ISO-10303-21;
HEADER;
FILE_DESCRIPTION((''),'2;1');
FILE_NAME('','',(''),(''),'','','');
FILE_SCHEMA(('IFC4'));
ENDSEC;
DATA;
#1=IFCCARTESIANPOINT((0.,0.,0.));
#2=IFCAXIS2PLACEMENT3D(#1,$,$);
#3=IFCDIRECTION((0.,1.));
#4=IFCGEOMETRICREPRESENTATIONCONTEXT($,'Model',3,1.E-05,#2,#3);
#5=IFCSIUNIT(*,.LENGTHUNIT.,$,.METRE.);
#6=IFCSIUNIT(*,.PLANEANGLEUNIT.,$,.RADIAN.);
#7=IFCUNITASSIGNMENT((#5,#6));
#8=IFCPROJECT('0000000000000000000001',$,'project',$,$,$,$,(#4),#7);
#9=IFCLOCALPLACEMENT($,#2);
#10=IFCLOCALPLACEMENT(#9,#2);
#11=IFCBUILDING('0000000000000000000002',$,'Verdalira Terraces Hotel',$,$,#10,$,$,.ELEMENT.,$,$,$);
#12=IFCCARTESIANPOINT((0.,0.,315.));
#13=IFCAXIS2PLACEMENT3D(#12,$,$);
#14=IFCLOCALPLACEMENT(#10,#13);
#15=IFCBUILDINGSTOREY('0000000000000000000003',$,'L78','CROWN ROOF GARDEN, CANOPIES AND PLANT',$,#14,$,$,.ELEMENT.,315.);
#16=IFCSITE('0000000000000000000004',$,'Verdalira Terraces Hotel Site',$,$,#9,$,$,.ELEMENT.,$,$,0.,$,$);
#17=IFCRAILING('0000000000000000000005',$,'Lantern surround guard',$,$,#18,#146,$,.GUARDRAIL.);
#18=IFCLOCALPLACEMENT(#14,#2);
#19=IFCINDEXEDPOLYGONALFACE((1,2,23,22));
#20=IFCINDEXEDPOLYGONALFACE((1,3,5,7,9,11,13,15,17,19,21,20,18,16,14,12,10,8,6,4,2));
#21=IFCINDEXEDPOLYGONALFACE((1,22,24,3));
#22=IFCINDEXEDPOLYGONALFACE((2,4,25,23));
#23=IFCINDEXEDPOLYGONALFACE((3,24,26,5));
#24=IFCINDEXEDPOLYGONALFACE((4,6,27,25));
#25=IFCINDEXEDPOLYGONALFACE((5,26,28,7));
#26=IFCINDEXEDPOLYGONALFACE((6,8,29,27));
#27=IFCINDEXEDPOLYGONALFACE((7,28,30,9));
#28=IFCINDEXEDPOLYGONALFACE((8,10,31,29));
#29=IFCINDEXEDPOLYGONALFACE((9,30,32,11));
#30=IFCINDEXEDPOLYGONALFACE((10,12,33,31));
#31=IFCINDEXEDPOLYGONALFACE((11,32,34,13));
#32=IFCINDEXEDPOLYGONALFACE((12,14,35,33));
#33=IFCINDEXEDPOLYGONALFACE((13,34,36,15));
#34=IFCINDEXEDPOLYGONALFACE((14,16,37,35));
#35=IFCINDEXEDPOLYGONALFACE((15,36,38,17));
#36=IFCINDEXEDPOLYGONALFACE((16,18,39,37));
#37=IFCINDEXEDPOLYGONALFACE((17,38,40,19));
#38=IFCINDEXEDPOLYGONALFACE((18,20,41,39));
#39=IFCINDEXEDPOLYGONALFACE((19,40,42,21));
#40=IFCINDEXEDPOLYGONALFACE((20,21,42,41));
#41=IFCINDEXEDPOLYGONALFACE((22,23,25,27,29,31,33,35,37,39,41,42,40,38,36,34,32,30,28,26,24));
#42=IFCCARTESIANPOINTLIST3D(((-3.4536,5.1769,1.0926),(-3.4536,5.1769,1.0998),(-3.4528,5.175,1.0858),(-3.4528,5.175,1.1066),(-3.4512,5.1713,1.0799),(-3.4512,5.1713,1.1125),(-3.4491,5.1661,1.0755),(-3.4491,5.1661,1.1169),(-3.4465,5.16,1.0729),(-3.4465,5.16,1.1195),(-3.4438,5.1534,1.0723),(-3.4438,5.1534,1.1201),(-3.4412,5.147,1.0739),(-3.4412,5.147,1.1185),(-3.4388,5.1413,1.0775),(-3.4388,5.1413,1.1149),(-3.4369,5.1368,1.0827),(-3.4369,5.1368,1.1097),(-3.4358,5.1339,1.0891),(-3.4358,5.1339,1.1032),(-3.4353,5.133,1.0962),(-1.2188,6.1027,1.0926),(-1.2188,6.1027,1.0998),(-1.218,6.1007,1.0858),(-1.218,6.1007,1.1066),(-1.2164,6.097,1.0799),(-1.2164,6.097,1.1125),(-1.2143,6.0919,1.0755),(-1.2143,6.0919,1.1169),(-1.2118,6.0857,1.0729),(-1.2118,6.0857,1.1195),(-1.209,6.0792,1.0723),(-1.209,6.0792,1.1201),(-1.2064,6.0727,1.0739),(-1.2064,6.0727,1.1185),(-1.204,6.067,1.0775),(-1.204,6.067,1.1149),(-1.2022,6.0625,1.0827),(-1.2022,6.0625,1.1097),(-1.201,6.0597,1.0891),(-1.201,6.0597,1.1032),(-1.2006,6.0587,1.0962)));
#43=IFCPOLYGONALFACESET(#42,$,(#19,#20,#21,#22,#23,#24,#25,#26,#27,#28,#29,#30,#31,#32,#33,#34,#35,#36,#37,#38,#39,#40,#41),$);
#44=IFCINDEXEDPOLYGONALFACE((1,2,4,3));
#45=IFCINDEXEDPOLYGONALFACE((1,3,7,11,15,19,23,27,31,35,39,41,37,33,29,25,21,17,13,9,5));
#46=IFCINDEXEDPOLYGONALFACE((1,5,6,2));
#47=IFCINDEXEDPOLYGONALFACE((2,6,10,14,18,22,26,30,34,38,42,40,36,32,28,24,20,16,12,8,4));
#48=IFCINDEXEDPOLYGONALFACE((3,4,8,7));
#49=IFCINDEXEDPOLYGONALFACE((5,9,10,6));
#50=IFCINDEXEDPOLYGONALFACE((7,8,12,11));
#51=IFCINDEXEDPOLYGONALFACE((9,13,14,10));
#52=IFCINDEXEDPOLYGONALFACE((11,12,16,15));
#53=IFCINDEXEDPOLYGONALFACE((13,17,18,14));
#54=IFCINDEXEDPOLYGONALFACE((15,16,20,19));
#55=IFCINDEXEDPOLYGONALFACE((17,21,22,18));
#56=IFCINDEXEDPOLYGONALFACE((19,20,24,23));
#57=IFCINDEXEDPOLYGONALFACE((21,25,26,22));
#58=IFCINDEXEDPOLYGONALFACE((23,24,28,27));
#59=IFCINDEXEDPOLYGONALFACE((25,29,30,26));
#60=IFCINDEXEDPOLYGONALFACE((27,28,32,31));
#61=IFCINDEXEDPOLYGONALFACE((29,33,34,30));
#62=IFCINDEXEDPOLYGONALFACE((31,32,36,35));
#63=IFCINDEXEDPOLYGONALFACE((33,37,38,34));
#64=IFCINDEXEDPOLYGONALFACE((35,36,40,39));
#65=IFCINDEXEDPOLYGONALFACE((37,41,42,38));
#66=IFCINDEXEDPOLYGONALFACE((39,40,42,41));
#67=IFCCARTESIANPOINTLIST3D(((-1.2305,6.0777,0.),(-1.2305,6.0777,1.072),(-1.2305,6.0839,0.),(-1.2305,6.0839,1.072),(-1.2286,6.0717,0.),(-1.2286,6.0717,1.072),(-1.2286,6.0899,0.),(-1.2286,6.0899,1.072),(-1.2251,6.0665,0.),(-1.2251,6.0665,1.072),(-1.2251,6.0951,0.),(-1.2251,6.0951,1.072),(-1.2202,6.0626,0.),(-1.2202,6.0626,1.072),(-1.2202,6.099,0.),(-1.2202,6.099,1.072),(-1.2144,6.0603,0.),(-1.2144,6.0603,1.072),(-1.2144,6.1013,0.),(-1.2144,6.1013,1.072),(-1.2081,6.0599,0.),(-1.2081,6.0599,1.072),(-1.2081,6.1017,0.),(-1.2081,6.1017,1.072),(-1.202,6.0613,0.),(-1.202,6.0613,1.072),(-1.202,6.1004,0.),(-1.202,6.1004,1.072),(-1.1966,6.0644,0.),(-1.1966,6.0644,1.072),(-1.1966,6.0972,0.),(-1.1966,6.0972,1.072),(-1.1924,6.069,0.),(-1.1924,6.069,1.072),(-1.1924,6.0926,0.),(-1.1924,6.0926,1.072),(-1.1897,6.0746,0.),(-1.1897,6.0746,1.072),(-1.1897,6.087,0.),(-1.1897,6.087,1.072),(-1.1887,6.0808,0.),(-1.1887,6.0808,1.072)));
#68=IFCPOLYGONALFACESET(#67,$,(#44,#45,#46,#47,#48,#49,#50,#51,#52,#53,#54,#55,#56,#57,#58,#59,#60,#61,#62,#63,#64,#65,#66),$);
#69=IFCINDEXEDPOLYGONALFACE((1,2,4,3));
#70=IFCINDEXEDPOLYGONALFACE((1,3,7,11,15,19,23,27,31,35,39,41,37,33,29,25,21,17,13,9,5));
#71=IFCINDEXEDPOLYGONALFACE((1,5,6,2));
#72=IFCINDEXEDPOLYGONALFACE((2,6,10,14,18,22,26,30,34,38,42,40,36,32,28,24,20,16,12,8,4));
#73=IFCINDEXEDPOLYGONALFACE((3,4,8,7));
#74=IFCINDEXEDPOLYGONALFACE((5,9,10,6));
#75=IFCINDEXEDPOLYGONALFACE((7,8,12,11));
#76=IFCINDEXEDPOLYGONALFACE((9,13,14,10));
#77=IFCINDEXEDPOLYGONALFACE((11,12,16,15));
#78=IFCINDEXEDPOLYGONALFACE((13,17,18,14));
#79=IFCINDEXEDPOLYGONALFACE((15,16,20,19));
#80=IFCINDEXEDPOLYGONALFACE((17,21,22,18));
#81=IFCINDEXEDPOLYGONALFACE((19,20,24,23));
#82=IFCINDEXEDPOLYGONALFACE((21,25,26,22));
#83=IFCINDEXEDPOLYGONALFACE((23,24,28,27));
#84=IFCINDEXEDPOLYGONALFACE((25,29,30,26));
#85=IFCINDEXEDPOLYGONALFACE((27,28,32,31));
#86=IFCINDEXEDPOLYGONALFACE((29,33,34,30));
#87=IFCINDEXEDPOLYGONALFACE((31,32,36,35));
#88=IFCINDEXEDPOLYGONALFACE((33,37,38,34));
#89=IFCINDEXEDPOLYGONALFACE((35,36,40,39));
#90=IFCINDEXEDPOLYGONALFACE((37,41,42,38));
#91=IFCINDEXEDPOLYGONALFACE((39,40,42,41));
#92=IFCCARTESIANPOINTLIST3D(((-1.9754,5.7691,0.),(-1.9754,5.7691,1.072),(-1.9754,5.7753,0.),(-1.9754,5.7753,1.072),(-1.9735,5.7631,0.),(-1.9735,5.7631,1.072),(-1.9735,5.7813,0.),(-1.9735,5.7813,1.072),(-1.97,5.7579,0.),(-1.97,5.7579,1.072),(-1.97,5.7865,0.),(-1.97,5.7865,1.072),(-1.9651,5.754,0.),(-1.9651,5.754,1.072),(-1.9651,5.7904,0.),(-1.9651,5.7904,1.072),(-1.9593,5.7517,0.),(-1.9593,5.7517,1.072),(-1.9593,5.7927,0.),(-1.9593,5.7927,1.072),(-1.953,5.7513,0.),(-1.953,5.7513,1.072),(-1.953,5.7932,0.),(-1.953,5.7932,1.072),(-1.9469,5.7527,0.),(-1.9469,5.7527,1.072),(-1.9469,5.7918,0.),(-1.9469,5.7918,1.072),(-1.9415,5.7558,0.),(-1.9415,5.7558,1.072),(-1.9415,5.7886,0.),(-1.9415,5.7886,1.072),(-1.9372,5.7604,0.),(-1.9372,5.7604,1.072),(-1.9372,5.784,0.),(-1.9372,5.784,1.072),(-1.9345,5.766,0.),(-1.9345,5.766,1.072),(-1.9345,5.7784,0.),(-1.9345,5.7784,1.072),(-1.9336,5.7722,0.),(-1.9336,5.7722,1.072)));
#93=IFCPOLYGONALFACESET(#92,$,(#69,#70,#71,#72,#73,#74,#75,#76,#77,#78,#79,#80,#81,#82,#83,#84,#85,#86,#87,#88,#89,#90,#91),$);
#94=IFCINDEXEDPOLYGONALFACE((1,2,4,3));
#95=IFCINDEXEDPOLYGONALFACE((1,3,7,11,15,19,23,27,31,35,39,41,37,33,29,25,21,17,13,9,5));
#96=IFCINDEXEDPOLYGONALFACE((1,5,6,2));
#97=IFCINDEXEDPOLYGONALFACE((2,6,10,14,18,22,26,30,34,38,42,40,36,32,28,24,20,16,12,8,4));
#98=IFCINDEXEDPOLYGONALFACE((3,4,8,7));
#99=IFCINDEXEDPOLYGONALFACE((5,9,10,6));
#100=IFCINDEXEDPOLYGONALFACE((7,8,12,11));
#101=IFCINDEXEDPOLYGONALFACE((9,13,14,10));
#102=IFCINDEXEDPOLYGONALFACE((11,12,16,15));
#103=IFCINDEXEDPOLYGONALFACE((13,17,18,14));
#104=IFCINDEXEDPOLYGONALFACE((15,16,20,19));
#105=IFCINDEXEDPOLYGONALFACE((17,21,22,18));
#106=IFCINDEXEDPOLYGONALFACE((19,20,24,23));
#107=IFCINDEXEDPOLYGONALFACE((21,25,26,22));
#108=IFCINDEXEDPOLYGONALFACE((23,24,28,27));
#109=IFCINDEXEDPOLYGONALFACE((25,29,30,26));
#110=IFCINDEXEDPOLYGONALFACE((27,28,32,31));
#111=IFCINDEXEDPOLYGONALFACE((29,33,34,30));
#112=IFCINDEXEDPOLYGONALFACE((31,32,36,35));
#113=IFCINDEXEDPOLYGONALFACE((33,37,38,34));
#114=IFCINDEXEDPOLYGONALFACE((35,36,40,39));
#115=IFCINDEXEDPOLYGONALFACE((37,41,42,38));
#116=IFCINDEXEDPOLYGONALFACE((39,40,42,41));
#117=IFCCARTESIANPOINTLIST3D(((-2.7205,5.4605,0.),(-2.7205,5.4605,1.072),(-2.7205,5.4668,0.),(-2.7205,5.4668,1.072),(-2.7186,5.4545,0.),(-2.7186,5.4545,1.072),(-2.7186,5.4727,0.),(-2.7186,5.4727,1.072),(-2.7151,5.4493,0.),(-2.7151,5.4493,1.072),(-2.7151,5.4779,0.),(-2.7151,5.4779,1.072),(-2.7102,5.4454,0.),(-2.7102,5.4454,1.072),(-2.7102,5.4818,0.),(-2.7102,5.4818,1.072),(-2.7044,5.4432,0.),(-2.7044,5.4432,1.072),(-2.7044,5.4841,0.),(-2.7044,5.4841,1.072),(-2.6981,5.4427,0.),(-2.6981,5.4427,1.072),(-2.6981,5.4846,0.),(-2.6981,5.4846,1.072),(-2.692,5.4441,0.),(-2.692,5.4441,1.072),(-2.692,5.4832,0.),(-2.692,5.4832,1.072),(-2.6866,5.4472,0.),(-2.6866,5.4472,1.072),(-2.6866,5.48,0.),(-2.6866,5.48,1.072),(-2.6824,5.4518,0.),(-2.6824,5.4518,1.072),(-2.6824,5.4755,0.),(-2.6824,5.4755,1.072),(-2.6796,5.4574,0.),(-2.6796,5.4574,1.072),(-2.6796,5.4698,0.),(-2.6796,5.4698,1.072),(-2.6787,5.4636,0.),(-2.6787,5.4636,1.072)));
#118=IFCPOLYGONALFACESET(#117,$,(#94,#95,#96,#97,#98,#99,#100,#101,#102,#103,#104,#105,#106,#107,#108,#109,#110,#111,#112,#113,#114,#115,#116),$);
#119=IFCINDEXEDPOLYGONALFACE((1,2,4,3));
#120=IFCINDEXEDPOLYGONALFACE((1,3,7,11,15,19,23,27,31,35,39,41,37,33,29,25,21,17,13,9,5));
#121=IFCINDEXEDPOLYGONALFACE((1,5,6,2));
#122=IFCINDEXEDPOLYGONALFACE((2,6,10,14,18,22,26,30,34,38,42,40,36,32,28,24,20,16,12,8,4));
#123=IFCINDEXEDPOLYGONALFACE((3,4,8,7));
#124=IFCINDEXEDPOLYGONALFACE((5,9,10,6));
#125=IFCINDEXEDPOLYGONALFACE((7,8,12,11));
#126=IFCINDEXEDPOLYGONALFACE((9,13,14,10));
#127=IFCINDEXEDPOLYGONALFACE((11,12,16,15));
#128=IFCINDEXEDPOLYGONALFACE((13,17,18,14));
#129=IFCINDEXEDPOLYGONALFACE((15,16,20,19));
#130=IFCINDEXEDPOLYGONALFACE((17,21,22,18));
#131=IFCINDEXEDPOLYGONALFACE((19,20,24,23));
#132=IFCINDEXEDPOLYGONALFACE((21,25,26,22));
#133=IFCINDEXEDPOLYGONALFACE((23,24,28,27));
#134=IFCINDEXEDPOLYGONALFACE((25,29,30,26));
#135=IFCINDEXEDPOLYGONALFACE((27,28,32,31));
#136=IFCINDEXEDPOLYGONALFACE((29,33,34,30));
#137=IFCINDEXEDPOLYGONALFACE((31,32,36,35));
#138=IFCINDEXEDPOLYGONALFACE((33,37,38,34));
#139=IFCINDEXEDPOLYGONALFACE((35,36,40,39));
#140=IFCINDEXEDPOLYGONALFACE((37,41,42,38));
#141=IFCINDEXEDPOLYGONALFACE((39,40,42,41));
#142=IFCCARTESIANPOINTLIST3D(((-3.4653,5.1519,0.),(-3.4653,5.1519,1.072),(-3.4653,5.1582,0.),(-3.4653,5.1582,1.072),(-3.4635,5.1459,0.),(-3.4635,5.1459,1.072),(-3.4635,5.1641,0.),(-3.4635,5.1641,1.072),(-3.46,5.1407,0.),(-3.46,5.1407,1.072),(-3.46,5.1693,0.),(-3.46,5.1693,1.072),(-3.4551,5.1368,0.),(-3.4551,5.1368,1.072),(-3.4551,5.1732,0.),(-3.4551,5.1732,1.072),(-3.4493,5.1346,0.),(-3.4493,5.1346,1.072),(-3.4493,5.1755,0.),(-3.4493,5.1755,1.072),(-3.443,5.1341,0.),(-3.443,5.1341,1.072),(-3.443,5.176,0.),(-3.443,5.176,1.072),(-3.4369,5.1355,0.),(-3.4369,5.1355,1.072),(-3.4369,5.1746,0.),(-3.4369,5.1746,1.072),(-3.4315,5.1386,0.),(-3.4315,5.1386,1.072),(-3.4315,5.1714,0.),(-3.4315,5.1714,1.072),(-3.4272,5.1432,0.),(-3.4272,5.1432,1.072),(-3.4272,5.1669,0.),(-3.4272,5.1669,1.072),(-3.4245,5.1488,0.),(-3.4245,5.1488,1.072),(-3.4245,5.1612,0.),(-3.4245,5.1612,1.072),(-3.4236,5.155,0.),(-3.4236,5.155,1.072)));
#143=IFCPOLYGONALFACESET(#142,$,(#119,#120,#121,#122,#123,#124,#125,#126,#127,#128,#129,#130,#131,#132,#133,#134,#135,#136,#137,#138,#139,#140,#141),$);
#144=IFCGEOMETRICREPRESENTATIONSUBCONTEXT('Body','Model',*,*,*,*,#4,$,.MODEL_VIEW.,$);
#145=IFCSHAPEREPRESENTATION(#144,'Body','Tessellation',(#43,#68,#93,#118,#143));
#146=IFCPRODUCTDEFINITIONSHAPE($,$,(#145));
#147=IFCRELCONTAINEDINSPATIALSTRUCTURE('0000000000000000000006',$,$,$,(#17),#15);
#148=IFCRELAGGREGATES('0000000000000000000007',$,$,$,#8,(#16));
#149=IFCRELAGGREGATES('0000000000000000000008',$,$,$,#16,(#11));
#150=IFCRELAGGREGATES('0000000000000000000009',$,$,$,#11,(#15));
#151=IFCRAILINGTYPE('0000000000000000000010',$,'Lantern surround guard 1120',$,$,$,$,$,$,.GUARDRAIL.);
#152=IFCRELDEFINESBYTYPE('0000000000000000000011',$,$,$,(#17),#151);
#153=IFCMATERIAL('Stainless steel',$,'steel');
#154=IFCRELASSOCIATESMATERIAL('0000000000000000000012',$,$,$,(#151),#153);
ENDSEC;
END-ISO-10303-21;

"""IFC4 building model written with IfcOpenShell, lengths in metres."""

from ifc_helpers import new_model, si_unit, direction, frame, origin, origin_2d, place, context, subcontext, project, spatial, circle, extrude, material, type_object, element, save


model = new_model("IFC4")

# Units and contexts
model_context = context("Model", 3, precision=1e-05, world=origin(), true_north=direction((0.0, 1.0)))
body_context = subcontext(model_context, "Body", "Model", "MODEL_VIEW")
ifc_project = project(units=[si_unit("LENGTHUNIT", "METRE"), si_unit("PLANEANGLEUNIT", "RADIAN")], contexts=[model_context])

# Site, building, storey
site_placement = place(None, origin())
site = spatial("IfcSite", under=ifc_project, at=site_placement, Name="Verdalira Terraces Hotel Site", CompositionType="ELEMENT", RefElevation=0.0)
building_placement = place(site_placement, origin())
building = spatial("IfcBuilding", under=site, at=building_placement, Name="Verdalira Terraces Hotel", CompositionType="ELEMENT")
storey_placement = place(building_placement, frame((0.0, 0.0, 315.0)))
storey = spatial("IfcBuildingStorey", under=building, at=storey_placement, Name="L78", Description="CROWN ROOF GARDEN, CANOPIES AND PLANT", CompositionType="ELEMENT", Elevation=315.0)

# Railing
ifc_material_1 = material(Name="Stainless steel", Category="steel")
railing_type = type_object("IfcRailingType", Name="Lantern surround guard 1120", PredefinedType="GUARDRAIL", material=ifc_material_1)
railing_1_placement = place(storey_placement, frame((-1.2097, 6.0808, 0.0)))
element("IfcRailing", 1, at=railing_1_placement, inside=storey, type_object=railing_type, Name="Lantern surround guard", PredefinedType="GUARDRAIL", context=body_context, shape_type="SweptSolid", body=[
    extrude(circle(Radius=0.0239, at=origin_2d()), frame((0.0, 0.0, 1.0962), z_axis=(-0.923869, -0.382708, 0.0), x_axis=(0.382708, -0.923869, 0.0)), (0.0, 0.0, 1.0), 2.4189),
    extrude(circle(Radius=0.021, at=origin_2d()), origin(), (0.0, 0.0, 1.0), 1.072),
    extrude(circle(Radius=0.021, at=origin_2d()), frame((-0.7449, -0.3086, 0.0)), (0.0, 0.0, 1.0), 1.072),
    extrude(circle(Radius=0.021, at=origin_2d()), frame((-1.49, -0.6172, 0.0)), (0.0, 0.0, 1.0), 1.072),
    extrude(circle(Radius=0.021, at=origin_2d()), frame((-2.2349, -0.9258, 0.0)), (0.0, 0.0, 1.0), 1.072),
])

save(model, "model.ifc")
